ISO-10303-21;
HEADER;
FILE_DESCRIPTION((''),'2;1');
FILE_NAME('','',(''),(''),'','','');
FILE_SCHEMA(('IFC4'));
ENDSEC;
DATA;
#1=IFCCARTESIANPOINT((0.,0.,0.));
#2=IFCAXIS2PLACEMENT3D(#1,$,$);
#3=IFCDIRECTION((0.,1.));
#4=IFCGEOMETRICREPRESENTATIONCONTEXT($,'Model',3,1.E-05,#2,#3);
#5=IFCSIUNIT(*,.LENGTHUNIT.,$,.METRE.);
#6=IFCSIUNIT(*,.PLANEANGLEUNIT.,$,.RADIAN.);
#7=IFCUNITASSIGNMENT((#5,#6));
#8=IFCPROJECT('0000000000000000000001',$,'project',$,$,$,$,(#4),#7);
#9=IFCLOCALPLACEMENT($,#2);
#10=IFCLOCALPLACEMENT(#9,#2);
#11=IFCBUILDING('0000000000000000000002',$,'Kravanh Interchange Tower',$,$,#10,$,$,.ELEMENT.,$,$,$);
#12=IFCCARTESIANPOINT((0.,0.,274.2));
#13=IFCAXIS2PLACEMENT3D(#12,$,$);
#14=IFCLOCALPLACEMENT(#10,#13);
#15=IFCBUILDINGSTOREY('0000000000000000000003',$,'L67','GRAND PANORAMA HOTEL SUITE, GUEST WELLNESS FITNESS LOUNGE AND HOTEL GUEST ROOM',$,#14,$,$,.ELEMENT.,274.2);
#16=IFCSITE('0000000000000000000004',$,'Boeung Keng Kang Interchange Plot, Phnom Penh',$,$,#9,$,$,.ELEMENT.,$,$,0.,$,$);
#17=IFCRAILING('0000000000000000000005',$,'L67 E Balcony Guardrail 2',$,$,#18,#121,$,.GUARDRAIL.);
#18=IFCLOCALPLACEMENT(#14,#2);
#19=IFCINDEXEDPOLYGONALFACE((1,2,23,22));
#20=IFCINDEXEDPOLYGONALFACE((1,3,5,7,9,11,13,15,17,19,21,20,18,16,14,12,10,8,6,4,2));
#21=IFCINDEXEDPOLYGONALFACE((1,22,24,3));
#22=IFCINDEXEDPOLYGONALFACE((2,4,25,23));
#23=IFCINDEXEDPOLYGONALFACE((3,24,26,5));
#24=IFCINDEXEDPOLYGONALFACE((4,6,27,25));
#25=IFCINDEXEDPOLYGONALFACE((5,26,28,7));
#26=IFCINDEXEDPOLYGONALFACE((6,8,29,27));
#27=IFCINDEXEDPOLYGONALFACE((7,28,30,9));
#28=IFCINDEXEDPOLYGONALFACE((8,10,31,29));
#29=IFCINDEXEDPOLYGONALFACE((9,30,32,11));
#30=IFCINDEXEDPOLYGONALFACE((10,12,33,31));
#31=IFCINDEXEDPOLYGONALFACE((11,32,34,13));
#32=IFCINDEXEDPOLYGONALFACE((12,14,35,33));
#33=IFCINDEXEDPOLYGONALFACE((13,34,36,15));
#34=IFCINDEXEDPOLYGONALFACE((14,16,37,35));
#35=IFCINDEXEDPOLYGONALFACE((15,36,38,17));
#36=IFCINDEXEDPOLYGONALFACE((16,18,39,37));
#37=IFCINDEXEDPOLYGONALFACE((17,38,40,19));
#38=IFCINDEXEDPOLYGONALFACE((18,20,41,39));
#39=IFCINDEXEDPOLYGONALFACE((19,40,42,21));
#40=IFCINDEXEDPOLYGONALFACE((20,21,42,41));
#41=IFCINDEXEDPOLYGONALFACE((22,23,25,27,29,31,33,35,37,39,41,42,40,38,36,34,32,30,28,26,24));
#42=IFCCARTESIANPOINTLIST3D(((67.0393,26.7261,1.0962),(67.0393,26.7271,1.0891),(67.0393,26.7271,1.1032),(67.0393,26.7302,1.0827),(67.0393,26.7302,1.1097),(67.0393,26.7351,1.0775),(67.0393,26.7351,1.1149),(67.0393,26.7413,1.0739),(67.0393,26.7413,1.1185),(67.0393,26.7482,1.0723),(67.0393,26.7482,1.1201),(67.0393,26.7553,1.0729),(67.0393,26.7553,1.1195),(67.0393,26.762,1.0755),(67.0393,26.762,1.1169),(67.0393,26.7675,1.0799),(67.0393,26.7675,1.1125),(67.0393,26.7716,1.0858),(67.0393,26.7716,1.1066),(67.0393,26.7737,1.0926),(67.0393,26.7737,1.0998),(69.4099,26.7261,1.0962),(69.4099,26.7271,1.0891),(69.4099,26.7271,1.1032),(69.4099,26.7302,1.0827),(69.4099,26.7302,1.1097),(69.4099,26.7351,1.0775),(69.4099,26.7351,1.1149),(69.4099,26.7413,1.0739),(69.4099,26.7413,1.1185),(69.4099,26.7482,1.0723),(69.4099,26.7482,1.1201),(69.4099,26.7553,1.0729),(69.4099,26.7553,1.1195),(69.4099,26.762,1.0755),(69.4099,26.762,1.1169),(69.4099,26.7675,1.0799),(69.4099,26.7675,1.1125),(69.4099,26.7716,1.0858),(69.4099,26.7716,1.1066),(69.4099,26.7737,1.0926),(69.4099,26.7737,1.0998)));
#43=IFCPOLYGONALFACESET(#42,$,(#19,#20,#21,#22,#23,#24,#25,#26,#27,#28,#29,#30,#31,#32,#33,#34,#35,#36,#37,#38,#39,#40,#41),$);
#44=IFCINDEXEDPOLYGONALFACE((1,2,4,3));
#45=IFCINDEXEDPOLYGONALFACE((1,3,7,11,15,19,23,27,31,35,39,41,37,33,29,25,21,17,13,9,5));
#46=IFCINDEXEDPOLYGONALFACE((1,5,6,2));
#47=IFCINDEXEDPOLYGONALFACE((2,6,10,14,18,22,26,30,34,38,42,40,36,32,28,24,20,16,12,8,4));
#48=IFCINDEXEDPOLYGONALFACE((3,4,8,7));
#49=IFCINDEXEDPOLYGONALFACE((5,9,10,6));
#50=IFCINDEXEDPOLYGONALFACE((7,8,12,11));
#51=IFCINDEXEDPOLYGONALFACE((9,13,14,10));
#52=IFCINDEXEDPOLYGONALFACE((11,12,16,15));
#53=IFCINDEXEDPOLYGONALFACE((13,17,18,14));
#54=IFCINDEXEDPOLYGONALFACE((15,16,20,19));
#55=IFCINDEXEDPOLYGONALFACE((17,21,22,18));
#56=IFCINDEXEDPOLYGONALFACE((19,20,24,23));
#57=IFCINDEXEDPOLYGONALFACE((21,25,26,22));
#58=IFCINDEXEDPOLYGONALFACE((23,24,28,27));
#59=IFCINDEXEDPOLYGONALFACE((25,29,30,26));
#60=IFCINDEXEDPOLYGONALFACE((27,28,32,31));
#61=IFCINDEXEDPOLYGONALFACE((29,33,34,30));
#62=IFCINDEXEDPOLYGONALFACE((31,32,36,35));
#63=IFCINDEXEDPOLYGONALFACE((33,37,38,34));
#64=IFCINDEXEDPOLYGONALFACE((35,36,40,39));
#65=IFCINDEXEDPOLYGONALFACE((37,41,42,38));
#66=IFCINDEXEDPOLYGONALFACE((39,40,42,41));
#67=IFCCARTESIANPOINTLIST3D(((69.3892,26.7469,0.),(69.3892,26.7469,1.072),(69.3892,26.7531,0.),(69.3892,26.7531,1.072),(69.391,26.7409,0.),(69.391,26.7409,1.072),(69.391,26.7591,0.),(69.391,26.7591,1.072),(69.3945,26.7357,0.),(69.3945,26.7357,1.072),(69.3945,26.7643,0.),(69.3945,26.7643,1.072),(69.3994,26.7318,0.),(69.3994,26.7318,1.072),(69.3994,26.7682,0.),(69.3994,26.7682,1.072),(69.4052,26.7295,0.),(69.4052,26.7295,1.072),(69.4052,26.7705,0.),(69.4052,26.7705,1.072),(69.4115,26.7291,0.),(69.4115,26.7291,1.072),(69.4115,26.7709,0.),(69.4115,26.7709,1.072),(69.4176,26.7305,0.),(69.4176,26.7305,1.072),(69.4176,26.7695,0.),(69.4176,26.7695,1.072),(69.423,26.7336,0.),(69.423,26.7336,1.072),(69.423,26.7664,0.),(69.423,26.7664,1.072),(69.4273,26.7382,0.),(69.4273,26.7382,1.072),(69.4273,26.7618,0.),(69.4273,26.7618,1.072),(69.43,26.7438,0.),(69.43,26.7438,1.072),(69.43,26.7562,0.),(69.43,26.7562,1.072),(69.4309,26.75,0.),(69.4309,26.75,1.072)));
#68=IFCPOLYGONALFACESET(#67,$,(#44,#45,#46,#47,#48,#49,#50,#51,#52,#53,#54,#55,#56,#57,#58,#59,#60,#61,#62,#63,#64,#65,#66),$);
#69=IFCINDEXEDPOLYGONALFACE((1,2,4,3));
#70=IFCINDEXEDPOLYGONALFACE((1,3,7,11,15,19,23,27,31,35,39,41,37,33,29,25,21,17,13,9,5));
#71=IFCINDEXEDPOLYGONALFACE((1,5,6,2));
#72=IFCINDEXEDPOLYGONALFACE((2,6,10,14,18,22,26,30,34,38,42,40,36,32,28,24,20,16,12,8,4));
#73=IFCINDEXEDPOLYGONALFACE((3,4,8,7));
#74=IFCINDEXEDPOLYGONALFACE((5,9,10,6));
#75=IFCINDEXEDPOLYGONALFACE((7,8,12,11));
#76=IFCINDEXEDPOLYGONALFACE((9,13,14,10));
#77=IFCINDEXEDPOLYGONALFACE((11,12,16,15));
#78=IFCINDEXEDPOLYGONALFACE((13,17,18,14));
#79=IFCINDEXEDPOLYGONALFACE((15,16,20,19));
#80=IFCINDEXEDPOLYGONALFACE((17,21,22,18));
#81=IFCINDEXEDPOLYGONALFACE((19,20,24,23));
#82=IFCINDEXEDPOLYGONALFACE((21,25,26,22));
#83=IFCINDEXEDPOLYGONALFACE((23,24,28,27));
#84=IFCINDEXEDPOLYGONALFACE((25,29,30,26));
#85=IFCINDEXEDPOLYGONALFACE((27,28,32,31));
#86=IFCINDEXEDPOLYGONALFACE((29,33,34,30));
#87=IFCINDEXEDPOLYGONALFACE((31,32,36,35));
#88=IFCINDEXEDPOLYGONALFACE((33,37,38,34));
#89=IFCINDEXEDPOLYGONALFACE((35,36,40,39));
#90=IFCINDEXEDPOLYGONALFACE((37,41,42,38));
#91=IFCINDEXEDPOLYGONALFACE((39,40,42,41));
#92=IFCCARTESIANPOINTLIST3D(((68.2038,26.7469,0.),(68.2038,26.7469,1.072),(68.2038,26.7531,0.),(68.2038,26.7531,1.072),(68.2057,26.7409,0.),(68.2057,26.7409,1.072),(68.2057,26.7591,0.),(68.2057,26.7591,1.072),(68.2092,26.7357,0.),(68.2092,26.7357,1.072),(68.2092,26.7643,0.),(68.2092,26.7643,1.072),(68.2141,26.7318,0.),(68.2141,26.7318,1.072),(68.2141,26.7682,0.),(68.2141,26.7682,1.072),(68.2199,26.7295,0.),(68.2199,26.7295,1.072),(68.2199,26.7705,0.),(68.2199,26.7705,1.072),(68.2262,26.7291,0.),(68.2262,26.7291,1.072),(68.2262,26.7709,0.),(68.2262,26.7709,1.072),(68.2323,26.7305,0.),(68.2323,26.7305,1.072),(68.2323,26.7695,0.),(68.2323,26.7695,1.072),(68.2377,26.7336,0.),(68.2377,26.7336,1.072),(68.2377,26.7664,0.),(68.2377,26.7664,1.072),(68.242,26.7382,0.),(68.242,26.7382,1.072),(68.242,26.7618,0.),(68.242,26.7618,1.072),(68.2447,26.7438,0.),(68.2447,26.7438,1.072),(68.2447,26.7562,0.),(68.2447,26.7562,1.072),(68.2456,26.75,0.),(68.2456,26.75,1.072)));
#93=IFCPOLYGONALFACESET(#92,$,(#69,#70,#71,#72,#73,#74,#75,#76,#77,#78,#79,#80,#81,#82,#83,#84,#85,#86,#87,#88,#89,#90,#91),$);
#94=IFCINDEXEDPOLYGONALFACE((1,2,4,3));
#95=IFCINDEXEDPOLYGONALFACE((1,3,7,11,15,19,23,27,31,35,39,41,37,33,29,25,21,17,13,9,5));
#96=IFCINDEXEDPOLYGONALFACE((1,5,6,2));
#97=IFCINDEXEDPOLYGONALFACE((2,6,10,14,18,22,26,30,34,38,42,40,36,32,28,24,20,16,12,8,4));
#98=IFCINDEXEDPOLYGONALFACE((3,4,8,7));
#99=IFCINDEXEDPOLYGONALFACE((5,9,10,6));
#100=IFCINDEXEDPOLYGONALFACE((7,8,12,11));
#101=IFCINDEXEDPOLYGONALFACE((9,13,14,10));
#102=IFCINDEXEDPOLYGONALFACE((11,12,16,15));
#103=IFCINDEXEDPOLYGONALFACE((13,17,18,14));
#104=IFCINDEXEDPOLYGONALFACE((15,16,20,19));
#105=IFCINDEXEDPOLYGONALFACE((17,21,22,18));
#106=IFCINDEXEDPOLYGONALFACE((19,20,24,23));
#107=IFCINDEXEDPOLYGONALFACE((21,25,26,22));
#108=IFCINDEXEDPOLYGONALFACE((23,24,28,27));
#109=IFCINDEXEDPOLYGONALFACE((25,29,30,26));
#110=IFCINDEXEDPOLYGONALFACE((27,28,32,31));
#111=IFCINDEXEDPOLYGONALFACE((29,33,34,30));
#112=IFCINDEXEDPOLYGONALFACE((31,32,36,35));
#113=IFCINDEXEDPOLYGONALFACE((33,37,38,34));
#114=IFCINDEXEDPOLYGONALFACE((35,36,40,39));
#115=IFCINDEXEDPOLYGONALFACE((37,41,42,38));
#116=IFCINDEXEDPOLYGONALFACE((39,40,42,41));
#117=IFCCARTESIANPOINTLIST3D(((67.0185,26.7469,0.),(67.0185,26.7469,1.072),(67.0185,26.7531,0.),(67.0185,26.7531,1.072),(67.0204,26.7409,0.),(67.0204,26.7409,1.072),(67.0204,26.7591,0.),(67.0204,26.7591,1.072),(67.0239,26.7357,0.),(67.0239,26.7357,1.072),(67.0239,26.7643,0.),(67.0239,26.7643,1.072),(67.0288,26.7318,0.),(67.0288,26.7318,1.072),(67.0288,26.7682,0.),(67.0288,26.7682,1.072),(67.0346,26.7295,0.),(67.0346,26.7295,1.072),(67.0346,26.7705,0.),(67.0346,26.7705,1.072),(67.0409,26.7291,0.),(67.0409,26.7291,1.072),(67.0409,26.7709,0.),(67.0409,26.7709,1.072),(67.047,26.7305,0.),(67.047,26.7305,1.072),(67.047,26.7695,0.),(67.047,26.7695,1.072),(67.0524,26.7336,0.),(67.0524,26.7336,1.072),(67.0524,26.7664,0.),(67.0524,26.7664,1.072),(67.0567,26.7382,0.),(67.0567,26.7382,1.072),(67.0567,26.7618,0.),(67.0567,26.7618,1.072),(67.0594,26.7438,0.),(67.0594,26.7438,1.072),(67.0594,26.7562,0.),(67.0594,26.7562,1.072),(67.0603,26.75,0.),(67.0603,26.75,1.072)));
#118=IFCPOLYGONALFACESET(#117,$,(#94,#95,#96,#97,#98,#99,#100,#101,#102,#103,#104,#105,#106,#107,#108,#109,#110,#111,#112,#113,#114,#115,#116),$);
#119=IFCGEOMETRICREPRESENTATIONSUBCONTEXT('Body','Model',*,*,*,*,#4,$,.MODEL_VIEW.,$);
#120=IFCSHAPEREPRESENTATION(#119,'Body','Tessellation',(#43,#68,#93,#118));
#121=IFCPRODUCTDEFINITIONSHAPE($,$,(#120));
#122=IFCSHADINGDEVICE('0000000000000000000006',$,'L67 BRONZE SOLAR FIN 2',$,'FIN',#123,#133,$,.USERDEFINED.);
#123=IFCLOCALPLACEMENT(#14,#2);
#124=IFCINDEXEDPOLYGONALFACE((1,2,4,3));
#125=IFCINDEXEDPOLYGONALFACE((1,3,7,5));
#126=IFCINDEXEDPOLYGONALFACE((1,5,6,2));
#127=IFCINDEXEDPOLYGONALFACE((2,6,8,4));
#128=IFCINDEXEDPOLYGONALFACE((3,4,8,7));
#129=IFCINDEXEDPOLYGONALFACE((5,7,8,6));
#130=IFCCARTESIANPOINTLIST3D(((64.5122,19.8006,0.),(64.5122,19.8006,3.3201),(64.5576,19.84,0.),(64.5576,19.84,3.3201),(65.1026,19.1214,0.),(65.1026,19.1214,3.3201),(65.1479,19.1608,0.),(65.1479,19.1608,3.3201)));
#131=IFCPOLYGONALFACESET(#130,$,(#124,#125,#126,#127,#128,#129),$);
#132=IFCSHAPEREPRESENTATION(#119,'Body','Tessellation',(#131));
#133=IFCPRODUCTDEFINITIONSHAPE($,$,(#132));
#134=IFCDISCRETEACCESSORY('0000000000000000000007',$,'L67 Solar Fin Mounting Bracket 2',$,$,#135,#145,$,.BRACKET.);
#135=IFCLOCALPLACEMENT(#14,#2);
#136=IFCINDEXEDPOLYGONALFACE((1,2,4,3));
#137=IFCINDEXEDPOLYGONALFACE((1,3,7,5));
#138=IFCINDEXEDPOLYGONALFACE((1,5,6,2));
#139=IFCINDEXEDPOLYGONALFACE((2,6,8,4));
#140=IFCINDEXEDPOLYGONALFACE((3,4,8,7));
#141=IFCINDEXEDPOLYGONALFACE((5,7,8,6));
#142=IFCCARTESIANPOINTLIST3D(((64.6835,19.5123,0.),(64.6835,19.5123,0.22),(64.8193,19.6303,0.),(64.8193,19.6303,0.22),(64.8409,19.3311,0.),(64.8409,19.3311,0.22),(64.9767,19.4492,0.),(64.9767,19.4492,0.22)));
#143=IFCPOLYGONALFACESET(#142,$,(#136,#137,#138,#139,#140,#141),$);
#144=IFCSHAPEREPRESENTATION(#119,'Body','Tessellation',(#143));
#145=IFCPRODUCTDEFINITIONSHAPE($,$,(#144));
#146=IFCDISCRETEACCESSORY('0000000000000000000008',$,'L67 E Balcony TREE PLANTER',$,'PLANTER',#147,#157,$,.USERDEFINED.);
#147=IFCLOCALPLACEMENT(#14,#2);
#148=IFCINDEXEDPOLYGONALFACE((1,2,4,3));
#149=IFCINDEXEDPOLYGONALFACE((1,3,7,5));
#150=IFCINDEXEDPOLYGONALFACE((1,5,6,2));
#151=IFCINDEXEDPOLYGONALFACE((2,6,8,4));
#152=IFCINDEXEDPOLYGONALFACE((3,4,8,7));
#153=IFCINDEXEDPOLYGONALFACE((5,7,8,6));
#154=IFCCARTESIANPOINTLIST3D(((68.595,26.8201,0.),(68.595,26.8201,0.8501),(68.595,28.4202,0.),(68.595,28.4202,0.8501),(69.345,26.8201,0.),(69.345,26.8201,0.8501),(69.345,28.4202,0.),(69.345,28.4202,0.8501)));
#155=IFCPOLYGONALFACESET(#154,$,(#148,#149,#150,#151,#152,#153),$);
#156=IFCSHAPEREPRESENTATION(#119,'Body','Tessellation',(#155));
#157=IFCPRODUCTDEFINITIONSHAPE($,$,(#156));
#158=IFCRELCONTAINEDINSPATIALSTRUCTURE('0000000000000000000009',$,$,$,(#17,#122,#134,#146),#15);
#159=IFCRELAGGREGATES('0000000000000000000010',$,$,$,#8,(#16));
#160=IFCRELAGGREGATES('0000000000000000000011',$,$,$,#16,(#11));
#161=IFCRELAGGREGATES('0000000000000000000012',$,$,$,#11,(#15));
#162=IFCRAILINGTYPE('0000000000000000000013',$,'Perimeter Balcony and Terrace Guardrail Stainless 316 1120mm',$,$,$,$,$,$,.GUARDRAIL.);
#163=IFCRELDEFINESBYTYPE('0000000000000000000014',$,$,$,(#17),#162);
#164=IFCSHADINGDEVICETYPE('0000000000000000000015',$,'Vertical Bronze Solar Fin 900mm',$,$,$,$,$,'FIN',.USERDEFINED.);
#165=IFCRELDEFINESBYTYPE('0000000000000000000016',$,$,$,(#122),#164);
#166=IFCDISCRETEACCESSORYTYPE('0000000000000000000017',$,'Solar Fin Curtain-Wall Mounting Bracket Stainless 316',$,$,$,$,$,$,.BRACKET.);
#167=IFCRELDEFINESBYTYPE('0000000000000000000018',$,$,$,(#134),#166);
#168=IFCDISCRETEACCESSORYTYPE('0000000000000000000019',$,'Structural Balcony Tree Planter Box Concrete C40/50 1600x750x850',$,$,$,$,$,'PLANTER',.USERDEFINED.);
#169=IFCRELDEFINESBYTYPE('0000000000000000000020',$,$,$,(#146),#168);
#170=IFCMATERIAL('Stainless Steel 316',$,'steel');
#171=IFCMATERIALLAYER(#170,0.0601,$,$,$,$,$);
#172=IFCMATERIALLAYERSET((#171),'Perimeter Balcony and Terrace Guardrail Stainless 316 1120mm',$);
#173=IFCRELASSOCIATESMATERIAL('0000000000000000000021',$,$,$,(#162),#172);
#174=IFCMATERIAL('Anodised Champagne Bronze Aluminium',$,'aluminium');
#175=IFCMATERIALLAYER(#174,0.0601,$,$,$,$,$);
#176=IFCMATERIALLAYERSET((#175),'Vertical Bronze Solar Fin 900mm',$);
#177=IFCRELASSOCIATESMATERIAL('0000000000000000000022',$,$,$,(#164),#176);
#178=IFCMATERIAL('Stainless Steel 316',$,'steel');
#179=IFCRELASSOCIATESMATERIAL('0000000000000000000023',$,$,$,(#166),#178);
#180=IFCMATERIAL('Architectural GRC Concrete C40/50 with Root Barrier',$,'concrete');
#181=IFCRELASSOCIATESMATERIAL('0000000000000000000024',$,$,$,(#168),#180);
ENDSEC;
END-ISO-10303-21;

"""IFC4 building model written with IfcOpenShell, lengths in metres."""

from ifc_helpers import new_model, si_unit, direction, frame, origin, origin_2d, place, context, subcontext, project, spatial, rectangle, circle, extrude, material, layer, layer_set, type_object, element, save


model = new_model("IFC4")

# Units and contexts
model_context = context("Model", 3, precision=1e-05, world=origin(), true_north=direction((0.0, 1.0)))
body_context = subcontext(model_context, "Body", "Model", "MODEL_VIEW")
ifc_project = project(units=[si_unit("LENGTHUNIT", "METRE"), si_unit("PLANEANGLEUNIT", "RADIAN")], contexts=[model_context])

# Site, building, storey
site_placement = place(None, origin())
site = spatial("IfcSite", under=ifc_project, at=site_placement, Name="Boeung Keng Kang Interchange Plot, Phnom Penh", CompositionType="ELEMENT", RefElevation=0.0)
building_placement = place(site_placement, origin())
building = spatial("IfcBuilding", under=site, at=building_placement, Name="Kravanh Interchange Tower", CompositionType="ELEMENT")
storey_placement = place(building_placement, frame((0.0, 0.0, 274.2)))
storey = spatial("IfcBuildingStorey", under=building, at=storey_placement, Name="L67", Description="GRAND PANORAMA HOTEL SUITE, GUEST WELLNESS FITNESS LOUNGE AND HOTEL GUEST ROOM", CompositionType="ELEMENT", Elevation=274.2)

# Railing
ifc_material_1 = material(Name="Stainless Steel 316", Category="steel")
ifc_layer_1 = layer(ifc_material_1, 0.0601)
ifc_layer_set_1 = layer_set([ifc_layer_1], Name="Perimeter Balcony and Terrace Guardrail Stainless 316 1120mm")
railing_type = type_object("IfcRailingType", Name="Perimeter Balcony and Terrace Guardrail Stainless 316 1120mm", PredefinedType="GUARDRAIL", material=ifc_layer_set_1)
railing_placement = place(storey_placement, frame((69.4099, 26.75, 0.0)))
element("IfcRailing", 1, at=railing_placement, inside=storey, type_object=railing_type, Name="L67 E Balcony Guardrail 2", PredefinedType="GUARDRAIL", context=body_context, shape_type="SweptSolid", body=[
    extrude(circle(Radius=0.0239, at=origin_2d()), frame((0.0, 0.0, 1.0962), z_axis=(-1.0, 0.0, 0.0), x_axis=(0.0, -1.0, 0.0)), (0.0, 0.0, 1.0), 2.3706),
    extrude(circle(Radius=0.021, at=origin_2d()), origin(), (0.0, 0.0, 1.0), 1.072),
    extrude(circle(Radius=0.021, at=origin_2d()), frame((-1.1853, 0.0, 0.0)), (0.0, 0.0, 1.0), 1.072),
    extrude(circle(Radius=0.021, at=origin_2d()), frame((-2.3706, 0.0, 0.0)), (0.0, 0.0, 1.0), 1.072),
])

# Shading device
ifc_material_2 = material(Name="Anodised Champagne Bronze Aluminium", Category="aluminium")
ifc_layer_2 = layer(ifc_material_2, 0.0601)
ifc_layer_set_2 = layer_set([ifc_layer_2], Name="Vertical Bronze Solar Fin 900mm")
shading_device_type_1 = type_object("IfcShadingDeviceType", Name="Vertical Bronze Solar Fin 900mm", ElementType="FIN", PredefinedType="USERDEFINED", material=ifc_layer_set_2)
shading_device_1_placement = place(storey_placement, frame((64.8301, 19.4807, 0.0), z_axis=(0.0, 0.0, 1.0), x_axis=(0.656043, -0.754723, 0.0)))
element("IfcShadingDevice", 2, at=shading_device_1_placement, inside=storey, type_object=shading_device_type_1, Name="L67 BRONZE SOLAR FIN 2", ObjectType="FIN", PredefinedType="USERDEFINED", context=body_context, shape_type="SweptSolid", body=[
    extrude(rectangle(XDim=0.8999, YDim=0.0601, at=origin_2d()), origin(), (0.0, 0.0, 1.0), 3.3201),
])

# Discrete accessories
ifc_material_3 = material(Name="Stainless Steel 316", Category="steel")
discrete_accessory_type_1 = type_object("IfcDiscreteAccessoryType", Name="Solar Fin Curtain-Wall Mounting Bracket Stainless 316", PredefinedType="BRACKET", material=ifc_material_3)
discrete_accessory_1_placement = place(storey_placement, frame((64.8301, 19.4807, 0.0), z_axis=(0.0, 0.0, 1.0), x_axis=(0.656043, -0.754723, 0.0)))
element("IfcDiscreteAccessory", 3, at=discrete_accessory_1_placement, inside=storey, type_object=discrete_accessory_type_1, Name="L67 Solar Fin Mounting Bracket 2", PredefinedType="BRACKET", context=body_context, shape_type="SweptSolid", body=[
    extrude(rectangle(XDim=0.24, YDim=0.1799, at=origin_2d()), origin(), (0.0, 0.0, 1.0), 0.22),
])
ifc_material_4 = material(Name="Architectural GRC Concrete C40/50 with Root Barrier", Category="concrete")
discrete_accessory_type_2 = type_object("IfcDiscreteAccessoryType", Name="Structural Balcony Tree Planter Box Concrete C40/50 1600x750x850", ElementType="PLANTER", PredefinedType="USERDEFINED", material=ifc_material_4)
discrete_accessory_2_placement = place(storey_placement, frame((68.97, 27.6201, 0.0), z_axis=(0.0, 0.0, 1.0), x_axis=(1.0, 0.0, 0.0)))
element("IfcDiscreteAccessory", 4, at=discrete_accessory_2_placement, inside=storey, type_object=discrete_accessory_type_2, Name="L67 E Balcony TREE PLANTER", ObjectType="PLANTER", PredefinedType="USERDEFINED", context=body_context, shape_type="SweptSolid", body=[
    extrude(rectangle(XDim=0.75, YDim=1.6001, at=origin_2d()), origin(), (0.0, 0.0, 1.0), 0.8501),
])

save(model, "model.ifc")
